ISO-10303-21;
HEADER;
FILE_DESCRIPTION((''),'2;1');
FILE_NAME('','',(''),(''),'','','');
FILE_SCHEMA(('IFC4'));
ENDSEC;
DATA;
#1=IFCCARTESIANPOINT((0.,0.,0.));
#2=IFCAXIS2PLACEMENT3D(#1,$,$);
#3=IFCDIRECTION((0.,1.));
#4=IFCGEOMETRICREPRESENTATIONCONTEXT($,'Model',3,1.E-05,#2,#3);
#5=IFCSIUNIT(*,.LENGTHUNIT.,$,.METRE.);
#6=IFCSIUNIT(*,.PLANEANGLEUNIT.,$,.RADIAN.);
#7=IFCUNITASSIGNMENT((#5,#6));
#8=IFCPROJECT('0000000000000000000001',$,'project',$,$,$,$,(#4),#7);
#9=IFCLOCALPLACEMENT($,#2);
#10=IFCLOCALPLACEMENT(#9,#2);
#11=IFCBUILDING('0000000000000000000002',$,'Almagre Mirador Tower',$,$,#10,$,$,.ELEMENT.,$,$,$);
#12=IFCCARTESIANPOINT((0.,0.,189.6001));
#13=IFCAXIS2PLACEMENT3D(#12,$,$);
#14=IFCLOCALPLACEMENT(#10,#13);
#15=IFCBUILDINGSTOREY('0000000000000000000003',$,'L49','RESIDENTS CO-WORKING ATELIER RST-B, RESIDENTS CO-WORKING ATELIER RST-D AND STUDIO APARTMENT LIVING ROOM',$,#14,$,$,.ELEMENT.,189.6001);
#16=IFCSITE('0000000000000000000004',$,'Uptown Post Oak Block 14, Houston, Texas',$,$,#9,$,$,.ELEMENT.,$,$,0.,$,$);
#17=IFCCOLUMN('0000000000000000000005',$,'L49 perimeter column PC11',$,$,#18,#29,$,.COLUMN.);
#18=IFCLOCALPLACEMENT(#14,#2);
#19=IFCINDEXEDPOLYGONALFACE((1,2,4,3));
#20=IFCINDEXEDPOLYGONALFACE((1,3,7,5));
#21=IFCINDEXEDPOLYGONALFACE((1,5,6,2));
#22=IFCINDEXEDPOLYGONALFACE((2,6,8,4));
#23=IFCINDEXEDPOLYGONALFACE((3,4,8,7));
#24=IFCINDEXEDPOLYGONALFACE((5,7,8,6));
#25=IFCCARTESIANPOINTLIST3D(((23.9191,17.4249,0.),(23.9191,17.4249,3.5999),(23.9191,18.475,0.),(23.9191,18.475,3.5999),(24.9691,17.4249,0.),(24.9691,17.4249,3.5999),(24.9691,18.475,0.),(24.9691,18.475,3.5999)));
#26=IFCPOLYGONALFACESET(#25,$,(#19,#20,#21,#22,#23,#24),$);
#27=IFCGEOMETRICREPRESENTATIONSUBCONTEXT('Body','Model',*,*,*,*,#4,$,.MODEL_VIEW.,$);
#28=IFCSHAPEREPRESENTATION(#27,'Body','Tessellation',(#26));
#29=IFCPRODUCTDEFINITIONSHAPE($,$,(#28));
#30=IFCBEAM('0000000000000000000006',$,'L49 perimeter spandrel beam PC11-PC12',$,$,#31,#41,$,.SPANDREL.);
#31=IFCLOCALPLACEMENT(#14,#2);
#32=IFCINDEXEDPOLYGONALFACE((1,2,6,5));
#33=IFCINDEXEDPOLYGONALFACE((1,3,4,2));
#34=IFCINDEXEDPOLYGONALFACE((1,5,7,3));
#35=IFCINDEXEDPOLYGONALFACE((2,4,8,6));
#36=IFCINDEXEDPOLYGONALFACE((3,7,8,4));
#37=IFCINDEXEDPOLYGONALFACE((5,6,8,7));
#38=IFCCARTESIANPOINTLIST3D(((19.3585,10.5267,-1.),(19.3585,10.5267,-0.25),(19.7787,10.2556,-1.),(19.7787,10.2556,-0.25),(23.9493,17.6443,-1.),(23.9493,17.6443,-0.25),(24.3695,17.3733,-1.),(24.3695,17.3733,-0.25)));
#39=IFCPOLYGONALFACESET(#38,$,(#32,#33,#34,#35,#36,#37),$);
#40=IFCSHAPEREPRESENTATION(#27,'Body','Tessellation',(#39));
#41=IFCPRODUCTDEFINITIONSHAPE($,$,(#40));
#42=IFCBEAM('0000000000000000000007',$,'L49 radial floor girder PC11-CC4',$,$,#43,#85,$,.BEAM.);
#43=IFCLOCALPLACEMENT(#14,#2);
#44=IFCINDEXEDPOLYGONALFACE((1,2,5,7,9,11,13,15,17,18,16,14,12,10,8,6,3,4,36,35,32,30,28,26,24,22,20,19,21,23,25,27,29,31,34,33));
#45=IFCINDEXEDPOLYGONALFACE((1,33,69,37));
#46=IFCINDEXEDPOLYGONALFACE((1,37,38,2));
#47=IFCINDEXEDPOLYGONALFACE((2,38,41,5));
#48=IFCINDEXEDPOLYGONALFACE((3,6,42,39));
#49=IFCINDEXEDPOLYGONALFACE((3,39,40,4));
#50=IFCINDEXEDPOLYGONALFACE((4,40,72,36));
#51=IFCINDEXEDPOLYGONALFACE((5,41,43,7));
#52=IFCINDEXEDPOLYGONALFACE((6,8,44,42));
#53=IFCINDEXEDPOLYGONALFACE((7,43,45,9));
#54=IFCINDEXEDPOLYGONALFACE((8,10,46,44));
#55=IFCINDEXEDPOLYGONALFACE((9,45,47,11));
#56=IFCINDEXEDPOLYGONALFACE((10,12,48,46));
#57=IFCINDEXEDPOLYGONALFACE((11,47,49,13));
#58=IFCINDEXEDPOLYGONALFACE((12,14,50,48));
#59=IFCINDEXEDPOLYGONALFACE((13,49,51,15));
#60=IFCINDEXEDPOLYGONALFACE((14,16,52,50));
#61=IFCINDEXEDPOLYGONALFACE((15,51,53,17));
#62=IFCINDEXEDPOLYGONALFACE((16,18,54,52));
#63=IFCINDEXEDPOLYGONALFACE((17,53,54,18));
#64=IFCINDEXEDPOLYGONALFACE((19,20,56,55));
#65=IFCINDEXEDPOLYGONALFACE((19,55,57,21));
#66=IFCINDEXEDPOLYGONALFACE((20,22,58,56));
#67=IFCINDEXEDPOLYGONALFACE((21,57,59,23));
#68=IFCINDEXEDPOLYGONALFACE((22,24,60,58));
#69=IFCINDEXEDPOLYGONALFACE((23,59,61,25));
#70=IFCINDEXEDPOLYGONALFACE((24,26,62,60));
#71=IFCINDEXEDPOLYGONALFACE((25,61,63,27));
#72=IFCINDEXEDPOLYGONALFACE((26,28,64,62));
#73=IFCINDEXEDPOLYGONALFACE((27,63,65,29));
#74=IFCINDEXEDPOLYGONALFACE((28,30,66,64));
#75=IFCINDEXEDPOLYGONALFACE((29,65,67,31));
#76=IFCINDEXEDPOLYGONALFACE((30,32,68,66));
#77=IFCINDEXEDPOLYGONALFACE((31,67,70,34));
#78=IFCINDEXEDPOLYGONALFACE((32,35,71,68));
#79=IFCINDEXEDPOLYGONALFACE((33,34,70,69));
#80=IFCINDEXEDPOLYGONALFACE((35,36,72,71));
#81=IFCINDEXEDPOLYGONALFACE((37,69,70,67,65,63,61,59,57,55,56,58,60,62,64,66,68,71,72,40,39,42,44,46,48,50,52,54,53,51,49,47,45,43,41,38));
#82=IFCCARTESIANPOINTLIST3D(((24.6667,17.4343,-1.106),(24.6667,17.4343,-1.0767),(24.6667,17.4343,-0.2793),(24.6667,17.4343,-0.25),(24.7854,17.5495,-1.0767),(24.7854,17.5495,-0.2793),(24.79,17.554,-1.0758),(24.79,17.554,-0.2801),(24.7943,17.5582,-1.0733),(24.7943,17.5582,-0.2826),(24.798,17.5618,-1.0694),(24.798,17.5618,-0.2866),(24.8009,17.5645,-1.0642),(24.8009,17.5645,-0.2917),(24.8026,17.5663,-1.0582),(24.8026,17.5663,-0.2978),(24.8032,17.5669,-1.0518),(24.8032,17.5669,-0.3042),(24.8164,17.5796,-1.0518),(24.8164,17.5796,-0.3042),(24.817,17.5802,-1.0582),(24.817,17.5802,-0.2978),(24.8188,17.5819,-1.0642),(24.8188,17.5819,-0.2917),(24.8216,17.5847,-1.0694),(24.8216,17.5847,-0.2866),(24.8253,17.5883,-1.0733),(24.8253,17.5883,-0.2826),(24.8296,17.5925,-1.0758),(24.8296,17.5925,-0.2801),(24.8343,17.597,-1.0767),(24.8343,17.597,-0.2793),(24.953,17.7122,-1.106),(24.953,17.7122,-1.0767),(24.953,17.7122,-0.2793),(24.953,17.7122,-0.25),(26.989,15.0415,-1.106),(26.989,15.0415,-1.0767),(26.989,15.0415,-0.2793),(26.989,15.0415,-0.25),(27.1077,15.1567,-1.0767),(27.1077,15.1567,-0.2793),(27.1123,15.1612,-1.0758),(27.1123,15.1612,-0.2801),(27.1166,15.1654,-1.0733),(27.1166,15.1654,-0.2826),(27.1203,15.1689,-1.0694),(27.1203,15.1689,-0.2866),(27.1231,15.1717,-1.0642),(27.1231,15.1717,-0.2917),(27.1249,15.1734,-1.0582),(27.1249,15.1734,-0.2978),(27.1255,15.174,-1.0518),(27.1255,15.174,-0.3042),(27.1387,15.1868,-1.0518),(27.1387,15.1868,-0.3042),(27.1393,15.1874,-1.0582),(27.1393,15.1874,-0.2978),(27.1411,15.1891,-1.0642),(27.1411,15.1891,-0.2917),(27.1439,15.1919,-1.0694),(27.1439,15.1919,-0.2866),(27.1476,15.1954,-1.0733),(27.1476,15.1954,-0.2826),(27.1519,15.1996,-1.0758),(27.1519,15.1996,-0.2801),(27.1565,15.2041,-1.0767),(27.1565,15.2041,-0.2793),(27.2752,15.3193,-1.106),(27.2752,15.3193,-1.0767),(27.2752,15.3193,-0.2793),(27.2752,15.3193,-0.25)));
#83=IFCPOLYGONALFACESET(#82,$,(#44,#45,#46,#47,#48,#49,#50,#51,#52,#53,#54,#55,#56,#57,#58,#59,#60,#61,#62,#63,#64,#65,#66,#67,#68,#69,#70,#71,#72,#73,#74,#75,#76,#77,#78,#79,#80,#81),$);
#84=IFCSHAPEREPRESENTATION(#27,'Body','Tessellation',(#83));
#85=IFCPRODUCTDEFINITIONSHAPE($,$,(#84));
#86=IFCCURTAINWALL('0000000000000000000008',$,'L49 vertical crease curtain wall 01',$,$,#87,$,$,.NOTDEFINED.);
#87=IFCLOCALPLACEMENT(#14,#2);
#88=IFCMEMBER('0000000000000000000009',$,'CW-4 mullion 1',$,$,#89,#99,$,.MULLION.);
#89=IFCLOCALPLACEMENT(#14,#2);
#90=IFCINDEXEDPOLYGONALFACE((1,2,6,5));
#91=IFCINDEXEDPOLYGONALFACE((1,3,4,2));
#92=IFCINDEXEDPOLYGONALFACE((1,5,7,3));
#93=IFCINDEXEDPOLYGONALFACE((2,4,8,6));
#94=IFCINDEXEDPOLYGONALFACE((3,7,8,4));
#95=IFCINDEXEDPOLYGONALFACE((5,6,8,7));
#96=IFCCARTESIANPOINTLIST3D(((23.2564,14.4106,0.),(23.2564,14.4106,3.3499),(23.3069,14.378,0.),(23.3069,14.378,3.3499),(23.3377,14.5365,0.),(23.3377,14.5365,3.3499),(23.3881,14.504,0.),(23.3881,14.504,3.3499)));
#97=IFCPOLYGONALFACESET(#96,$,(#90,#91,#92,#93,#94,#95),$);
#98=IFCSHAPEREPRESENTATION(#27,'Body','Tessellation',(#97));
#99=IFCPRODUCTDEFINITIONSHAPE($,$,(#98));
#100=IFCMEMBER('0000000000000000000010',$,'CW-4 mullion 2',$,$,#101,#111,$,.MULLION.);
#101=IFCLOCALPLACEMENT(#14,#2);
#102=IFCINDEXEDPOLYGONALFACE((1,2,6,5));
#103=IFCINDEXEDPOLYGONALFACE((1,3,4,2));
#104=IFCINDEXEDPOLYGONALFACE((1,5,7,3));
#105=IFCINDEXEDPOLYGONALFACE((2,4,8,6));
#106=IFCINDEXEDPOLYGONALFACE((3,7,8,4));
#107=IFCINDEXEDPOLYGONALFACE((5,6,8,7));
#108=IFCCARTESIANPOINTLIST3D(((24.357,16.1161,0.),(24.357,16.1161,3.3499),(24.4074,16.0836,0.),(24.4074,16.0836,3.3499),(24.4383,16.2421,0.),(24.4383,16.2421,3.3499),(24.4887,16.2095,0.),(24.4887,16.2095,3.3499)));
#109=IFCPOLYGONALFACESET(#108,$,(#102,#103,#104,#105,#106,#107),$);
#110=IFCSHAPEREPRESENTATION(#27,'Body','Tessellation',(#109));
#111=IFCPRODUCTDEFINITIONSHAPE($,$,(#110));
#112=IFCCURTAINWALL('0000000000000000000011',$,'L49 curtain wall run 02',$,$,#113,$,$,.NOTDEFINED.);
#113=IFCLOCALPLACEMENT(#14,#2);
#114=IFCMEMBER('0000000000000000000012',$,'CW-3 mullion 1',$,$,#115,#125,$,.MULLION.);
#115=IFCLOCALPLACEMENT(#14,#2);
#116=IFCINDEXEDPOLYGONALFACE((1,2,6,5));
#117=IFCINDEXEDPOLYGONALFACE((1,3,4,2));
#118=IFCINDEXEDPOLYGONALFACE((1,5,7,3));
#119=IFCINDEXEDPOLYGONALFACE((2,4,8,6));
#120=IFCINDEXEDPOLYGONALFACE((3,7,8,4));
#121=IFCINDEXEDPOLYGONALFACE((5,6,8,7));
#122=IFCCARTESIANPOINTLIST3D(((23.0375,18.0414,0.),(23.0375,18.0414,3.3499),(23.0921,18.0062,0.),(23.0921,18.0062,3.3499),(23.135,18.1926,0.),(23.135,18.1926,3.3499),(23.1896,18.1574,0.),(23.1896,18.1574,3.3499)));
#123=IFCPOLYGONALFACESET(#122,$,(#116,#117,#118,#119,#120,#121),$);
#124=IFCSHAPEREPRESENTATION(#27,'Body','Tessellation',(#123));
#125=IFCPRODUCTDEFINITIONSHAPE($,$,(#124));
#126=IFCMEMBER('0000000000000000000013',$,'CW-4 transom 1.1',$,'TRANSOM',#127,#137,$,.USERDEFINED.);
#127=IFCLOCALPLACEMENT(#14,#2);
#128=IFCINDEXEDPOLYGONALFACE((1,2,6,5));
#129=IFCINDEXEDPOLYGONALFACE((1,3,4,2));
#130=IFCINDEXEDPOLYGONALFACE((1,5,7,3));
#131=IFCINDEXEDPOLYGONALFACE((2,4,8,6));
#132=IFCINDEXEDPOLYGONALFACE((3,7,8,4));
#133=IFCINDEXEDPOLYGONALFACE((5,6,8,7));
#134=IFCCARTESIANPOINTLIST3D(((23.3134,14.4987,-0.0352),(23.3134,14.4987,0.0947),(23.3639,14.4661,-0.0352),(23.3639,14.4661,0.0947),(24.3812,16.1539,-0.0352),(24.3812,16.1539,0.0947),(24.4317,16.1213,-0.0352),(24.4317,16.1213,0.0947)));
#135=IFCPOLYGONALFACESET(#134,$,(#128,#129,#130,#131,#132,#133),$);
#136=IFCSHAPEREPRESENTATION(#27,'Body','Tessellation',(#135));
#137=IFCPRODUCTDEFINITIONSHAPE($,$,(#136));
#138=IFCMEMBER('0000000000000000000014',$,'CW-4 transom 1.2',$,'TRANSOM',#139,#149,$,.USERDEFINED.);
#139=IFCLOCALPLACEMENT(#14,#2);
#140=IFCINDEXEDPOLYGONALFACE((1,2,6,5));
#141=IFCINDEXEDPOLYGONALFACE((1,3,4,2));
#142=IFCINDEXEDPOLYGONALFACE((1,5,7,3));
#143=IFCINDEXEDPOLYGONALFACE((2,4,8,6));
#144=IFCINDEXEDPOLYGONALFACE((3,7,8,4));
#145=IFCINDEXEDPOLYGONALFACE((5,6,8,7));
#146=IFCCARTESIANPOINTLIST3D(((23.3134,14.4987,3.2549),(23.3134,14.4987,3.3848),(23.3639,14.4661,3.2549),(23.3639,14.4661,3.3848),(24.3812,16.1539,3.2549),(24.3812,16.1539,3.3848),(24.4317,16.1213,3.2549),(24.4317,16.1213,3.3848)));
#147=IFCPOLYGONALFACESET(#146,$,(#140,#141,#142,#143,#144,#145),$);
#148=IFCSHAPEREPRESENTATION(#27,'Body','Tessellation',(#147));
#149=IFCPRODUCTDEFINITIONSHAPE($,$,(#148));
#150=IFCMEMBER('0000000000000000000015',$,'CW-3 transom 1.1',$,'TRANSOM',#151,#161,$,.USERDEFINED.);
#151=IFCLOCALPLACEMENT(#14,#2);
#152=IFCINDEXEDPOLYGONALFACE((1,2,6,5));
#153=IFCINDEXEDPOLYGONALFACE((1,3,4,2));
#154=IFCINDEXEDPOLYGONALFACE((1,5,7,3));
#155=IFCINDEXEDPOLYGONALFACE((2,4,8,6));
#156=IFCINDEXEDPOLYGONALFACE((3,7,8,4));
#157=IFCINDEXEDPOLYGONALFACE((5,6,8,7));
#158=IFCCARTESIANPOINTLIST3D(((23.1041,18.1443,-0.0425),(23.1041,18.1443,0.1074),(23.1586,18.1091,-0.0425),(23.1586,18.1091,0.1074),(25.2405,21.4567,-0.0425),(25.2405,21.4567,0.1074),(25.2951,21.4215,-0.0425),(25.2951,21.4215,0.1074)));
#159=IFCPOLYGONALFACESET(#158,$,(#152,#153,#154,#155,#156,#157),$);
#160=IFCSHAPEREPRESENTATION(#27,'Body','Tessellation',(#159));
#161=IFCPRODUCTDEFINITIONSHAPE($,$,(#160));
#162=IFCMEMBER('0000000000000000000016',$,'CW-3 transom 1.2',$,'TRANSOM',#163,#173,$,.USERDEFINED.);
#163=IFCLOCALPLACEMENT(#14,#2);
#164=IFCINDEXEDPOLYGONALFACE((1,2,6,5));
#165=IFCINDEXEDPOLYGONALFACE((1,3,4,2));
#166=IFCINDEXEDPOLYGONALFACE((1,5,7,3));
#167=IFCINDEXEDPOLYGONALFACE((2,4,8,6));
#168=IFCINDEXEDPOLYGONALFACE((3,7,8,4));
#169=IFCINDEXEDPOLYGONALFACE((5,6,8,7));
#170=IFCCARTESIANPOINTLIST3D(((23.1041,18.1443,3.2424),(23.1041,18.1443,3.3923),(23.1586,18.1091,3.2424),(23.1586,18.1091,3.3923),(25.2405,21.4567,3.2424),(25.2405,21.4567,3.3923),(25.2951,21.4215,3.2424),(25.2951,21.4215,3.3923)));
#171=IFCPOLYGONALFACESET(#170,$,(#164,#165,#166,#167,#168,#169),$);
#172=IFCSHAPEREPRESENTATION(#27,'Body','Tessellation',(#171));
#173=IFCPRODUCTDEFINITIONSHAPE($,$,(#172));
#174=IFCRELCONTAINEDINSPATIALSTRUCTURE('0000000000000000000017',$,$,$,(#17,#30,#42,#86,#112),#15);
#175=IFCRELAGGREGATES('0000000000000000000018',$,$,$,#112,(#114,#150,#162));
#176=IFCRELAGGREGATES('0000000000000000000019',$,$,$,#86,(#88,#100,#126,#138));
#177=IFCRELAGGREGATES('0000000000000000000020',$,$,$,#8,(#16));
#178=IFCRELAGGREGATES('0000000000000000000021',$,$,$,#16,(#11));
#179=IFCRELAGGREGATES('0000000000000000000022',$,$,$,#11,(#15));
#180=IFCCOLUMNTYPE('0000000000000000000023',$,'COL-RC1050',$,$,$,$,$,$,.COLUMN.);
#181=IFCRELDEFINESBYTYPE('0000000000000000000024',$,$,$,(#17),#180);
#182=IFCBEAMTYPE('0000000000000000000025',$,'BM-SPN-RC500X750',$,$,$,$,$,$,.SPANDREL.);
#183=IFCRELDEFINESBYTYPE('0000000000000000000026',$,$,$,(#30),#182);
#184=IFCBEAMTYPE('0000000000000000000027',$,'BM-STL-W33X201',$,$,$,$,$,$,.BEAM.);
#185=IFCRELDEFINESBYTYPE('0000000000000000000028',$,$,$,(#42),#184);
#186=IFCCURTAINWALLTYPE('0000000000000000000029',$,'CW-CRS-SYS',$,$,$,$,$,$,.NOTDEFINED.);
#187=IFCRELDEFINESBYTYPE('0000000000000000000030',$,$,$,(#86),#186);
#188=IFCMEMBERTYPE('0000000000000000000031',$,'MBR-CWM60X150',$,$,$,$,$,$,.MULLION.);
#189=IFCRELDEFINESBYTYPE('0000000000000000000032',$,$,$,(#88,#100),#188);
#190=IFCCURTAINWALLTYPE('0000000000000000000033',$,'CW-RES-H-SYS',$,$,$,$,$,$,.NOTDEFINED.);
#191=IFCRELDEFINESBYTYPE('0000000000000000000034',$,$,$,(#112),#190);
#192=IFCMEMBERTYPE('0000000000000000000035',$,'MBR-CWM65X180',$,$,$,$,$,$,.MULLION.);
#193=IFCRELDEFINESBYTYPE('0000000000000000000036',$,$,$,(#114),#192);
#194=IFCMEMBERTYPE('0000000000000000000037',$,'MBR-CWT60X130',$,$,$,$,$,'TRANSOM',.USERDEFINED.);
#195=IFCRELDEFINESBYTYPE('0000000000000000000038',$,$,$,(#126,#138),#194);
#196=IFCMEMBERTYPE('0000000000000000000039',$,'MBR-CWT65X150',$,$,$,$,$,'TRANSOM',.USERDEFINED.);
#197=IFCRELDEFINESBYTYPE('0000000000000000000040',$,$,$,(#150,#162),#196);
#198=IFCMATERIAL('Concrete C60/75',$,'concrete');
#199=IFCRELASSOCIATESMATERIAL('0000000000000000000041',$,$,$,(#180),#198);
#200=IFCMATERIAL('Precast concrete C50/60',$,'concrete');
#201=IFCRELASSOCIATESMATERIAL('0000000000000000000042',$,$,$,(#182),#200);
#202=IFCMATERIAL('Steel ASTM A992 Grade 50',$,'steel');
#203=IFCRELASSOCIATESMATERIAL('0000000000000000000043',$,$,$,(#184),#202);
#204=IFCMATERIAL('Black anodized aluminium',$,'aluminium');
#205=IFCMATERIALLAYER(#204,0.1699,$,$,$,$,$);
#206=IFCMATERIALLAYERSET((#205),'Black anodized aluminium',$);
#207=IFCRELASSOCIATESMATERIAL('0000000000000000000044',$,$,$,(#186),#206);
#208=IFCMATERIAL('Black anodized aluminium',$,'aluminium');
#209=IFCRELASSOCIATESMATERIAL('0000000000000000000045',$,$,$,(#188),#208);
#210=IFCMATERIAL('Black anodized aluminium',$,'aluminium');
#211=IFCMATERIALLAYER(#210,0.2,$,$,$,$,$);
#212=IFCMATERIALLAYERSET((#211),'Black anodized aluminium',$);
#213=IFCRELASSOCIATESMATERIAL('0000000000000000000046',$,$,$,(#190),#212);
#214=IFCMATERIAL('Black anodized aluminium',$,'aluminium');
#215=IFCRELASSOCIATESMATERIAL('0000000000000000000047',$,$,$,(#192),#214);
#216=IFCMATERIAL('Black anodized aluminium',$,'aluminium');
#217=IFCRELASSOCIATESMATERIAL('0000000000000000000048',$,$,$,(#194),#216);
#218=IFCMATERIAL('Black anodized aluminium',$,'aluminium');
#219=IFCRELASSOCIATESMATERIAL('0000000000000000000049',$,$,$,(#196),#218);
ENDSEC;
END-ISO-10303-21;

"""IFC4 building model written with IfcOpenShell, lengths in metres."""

from ifc_helpers import new_model, si_unit, direction, frame, origin, origin_2d, place, context, subcontext, project, spatial, rectangle, i_section, extrude, material, layer, layer_set, material_profile, profile_set, type_object, element, aggregate, save


model = new_model("IFC4")

# Units and contexts
model_context = context("Model", 3, precision=1e-05, world=origin(), true_north=direction((0.0, 1.0)))
body_context = subcontext(model_context, "Body", "Model", "MODEL_VIEW")
ifc_project = project(units=[si_unit("LENGTHUNIT", "METRE"), si_unit("PLANEANGLEUNIT", "RADIAN")], contexts=[model_context])

# Site, building, storey
site_placement = place(None, origin())
site = spatial("IfcSite", under=ifc_project, at=site_placement, Name="Uptown Post Oak Block 14, Houston, Texas", CompositionType="ELEMENT", RefElevation=0.0)
building_placement = place(site_placement, origin())
building = spatial("IfcBuilding", under=site, at=building_placement, Name="Almagre Mirador Tower", CompositionType="ELEMENT")
storey_placement = place(building_placement, frame((0.0, 0.0, 189.6001)))
storey = spatial("IfcBuildingStorey", under=building, at=storey_placement, Name="L49", Description="RESIDENTS CO-WORKING ATELIER RST-B, RESIDENTS CO-WORKING ATELIER RST-D AND STUDIO APARTMENT LIVING ROOM", CompositionType="ELEMENT", Elevation=189.6001)

# Column
ifc_material_1 = material(Name="Concrete C60/75", Category="concrete")
ifc_material_profile_1 = material_profile(ifc_material_1, rectangle(XDim=1.05, YDim=1.05, at=origin_2d()), Name="RC1050X1050")
ifc_profile_set_1 = profile_set([ifc_material_profile_1], Name="Concrete C60/75")
column_type = type_object("IfcColumnType", Name="COL-RC1050", PredefinedType="COLUMN", material=ifc_profile_set_1)
column_placement = place(storey_placement, frame((24.4441, 17.95, 0.0), z_axis=(0.0, 0.0, 1.0), x_axis=(1.0, 0.0, 0.0)))
element("IfcColumn", 1, at=column_placement, inside=storey, type_object=column_type, Name="L49 perimeter column PC11", PredefinedType="COLUMN", context=body_context, shape_type="SweptSolid", body=[
    extrude(rectangle(XDim=1.05, YDim=1.05, at=origin_2d()), origin(), (0.0, 0.0, 1.0), 3.5999),
])

# Beams
ifc_material_2 = material(Name="Precast concrete C50/60", Category="concrete")
ifc_material_profile_2 = material_profile(ifc_material_2, rectangle(XDim=0.5, YDim=0.75, at=origin_2d()), Name="RC500X750")
ifc_profile_set_2 = profile_set([ifc_material_profile_2], Name="Precast concrete C50/60")
beam_type_1 = type_object("IfcBeamType", Name="BM-SPN-RC500X750", PredefinedType="SPANDREL", material=ifc_profile_set_2)
beam_1_placement = place(storey_placement, frame((24.1594, 17.5088, -0.625), z_axis=(-0.542024, -0.840363, 0.0), x_axis=(0.840363, -0.542024, 0.0)))
element("IfcBeam", 2, at=beam_1_placement, inside=storey, type_object=beam_type_1, Name="L49 perimeter spandrel beam PC11-PC12", PredefinedType="SPANDREL", context=body_context, shape_type="SweptSolid", body=[
    extrude(rectangle(XDim=0.5, YDim=0.75, at=origin_2d()), origin(), (0.0, 0.0, 1.0), 8.4697),
])
ifc_material_3 = material(Name="Steel ASTM A992 Grade 50", Category="steel")
ifc_material_profile_3 = material_profile(ifc_material_3, i_section(OverallWidth=0.3989, OverallDepth=0.856, WebThickness=0.0183, FlangeThickness=0.0293, FilletRadius=0.0249, at=origin_2d()), Name="W33X201")
ifc_profile_set_3 = profile_set([ifc_material_profile_3], Name="Steel ASTM A992 Grade 50")
beam_type_2 = type_object("IfcBeamType", Name="BM-STL-W33X201", PredefinedType="BEAM", material=ifc_profile_set_3)
beam_2_placement = place(storey_placement, frame((24.8098, 17.5732, -0.678), z_axis=(0.696448, -0.717608, 0.0), x_axis=(0.717608, 0.696448, 0.0)))
element("IfcBeam", 3, at=beam_2_placement, inside=storey, type_object=beam_type_2, Name="L49 radial floor girder PC11-CC4", PredefinedType="BEAM", context=body_context, shape_type="SweptSolid", body=[
    extrude(i_section(OverallWidth=0.3989, OverallDepth=0.856, WebThickness=0.0183, FlangeThickness=0.0293, FilletRadius=0.0249, at=origin_2d()), origin(), (0.0, 0.0, 1.0), 3.3345),
])

# Curtain wall, members
ifc_material_4 = material(Name="Black anodized aluminium", Category="aluminium")
ifc_layer_1 = layer(ifc_material_4, 0.1699)
ifc_layer_set_1 = layer_set([ifc_layer_1], Name="Black anodized aluminium")
curtain_wall_type_1 = type_object("IfcCurtainWallType", Name="CW-CRS-SYS", PredefinedType="NOTDEFINED", material=ifc_layer_set_1)
curtain_wall_1_placement = place(storey_placement, origin())
curtain_wall_1 = element("IfcCurtainWall", 4, at=curtain_wall_1_placement, inside=storey, type_object=curtain_wall_type_1, Name="L49 vertical crease curtain wall 01", PredefinedType="NOTDEFINED")
ifc_material_5 = material(Name="Black anodized aluminium", Category="aluminium")
ifc_material_profile_4 = material_profile(ifc_material_5, rectangle(XDim=0.0601, YDim=0.1499, at=origin_2d()), Name="CWM60X150")
ifc_profile_set_4 = profile_set([ifc_material_profile_4], Name="Black anodized aluminium")
member_type_1 = type_object("IfcMemberType", Name="MBR-CWM60X150", PredefinedType="MULLION", material=ifc_profile_set_4)
member_1_placement = place(storey_placement, frame((23.3223, 14.4573, 0.0), z_axis=(0.0, 0.0, 1.0), x_axis=(-0.840276, 0.54216, 0.0)))
member_1 = element("IfcMember", 5, at=member_1_placement, type_object=member_type_1, Name="CW-4 mullion 1", PredefinedType="MULLION", context=body_context, shape_type="SweptSolid", body=[
    extrude(rectangle(XDim=0.0601, YDim=0.1499, at=origin_2d()), origin(), (0.0, 0.0, 1.0), 3.3499),
])
member_2_placement = place(storey_placement, frame((24.4229, 16.1628, 0.0), z_axis=(0.0, 0.0, 1.0), x_axis=(-0.840276, 0.54216, 0.0)))
member_2 = element("IfcMember", 6, at=member_2_placement, type_object=member_type_1, Name="CW-4 mullion 2", PredefinedType="MULLION", context=body_context, shape_type="SweptSolid", body=[
    extrude(rectangle(XDim=0.0601, YDim=0.1499, at=origin_2d()), origin(), (0.0, 0.0, 1.0), 3.3499),
])

# Curtain wall, member
ifc_material_6 = material(Name="Black anodized aluminium", Category="aluminium")
ifc_layer_2 = layer(ifc_material_6, 0.2)
ifc_layer_set_2 = layer_set([ifc_layer_2], Name="Black anodized aluminium")
curtain_wall_type_2 = type_object("IfcCurtainWallType", Name="CW-RES-H-SYS", PredefinedType="NOTDEFINED", material=ifc_layer_set_2)
curtain_wall_2_placement = place(storey_placement, origin())
curtain_wall_2 = element("IfcCurtainWall", 7, at=curtain_wall_2_placement, inside=storey, type_object=curtain_wall_type_2, Name="L49 curtain wall run 02", PredefinedType="NOTDEFINED")
ifc_material_7 = material(Name="Black anodized aluminium", Category="aluminium")
ifc_material_profile_5 = material_profile(ifc_material_7, rectangle(XDim=0.0649, YDim=0.1799, at=origin_2d()), Name="CWM65X180")
ifc_profile_set_5 = profile_set([ifc_material_profile_5], Name="Black anodized aluminium")
member_type_2 = type_object("IfcMemberType", Name="MBR-CWM65X180", PredefinedType="MULLION", material=ifc_profile_set_5)
member_3_placement = place(storey_placement, frame((23.1135, 18.0994, 0.0), z_axis=(0.0, 0.0, 1.0), x_axis=(-0.84037, 0.542013, 0.0)))
member_3 = element("IfcMember", 8, at=member_3_placement, type_object=member_type_2, Name="CW-3 mullion 1", PredefinedType="MULLION", context=body_context, shape_type="SweptSolid", body=[
    extrude(rectangle(XDim=0.0649, YDim=0.1799, at=origin_2d()), origin(), (0.0, 0.0, 1.0), 3.3499),
])

# Members
ifc_material_8 = material(Name="Black anodized aluminium", Category="aluminium")
ifc_material_profile_6 = material_profile(ifc_material_8, rectangle(XDim=0.0601, YDim=0.1299, at=origin_2d()), Name="CWT60X130")
ifc_profile_set_6 = profile_set([ifc_material_profile_6], Name="Black anodized aluminium")
member_type_3 = type_object("IfcMemberType", Name="MBR-CWT60X130", ElementType="TRANSOM", PredefinedType="USERDEFINED", material=ifc_profile_set_6)
member_4_placement = place(storey_placement, frame((23.3386, 14.4824, 0.0298), z_axis=(0.54211, 0.840308, 0.0), x_axis=(-0.840308, 0.54211, 0.0)))
member_4 = element("IfcMember", 9, at=member_4_placement, type_object=member_type_3, Name="CW-4 transom 1.1", ObjectType="TRANSOM", PredefinedType="USERDEFINED", context=body_context, shape_type="SweptSolid", body=[
    extrude(rectangle(XDim=0.0601, YDim=0.1299, at=origin_2d()), origin(), (0.0, 0.0, 1.0), 1.9697),
])
member_5_placement = place(storey_placement, frame((23.3386, 14.4824, 3.3198), z_axis=(0.54211, 0.840308, 0.0), x_axis=(-0.840308, 0.54211, 0.0)))
member_5 = element("IfcMember", 10, at=member_5_placement, type_object=member_type_3, Name="CW-4 transom 1.2", ObjectType="TRANSOM", PredefinedType="USERDEFINED", context=body_context, shape_type="SweptSolid", body=[
    extrude(rectangle(XDim=0.0601, YDim=0.1299, at=origin_2d()), origin(), (0.0, 0.0, 1.0), 1.9697),
])
ifc_material_9 = material(Name="Black anodized aluminium", Category="aluminium")
ifc_material_profile_7 = material_profile(ifc_material_9, rectangle(XDim=0.0649, YDim=0.1499, at=origin_2d()), Name="CWT65X150")
ifc_profile_set_7 = profile_set([ifc_material_profile_7], Name="Black anodized aluminium")
member_type_4 = type_object("IfcMemberType", Name="MBR-CWT65X150", ElementType="TRANSOM", PredefinedType="USERDEFINED", material=ifc_profile_set_7)
member_6_placement = place(storey_placement, frame((23.1313, 18.1267, 0.0325), z_axis=(0.542015, 0.840369, 0.0), x_axis=(-0.840369, 0.542015, 0.0)))
member_6 = element("IfcMember", 11, at=member_6_placement, type_object=member_type_4, Name="CW-3 transom 1.1", ObjectType="TRANSOM", PredefinedType="USERDEFINED", context=body_context, shape_type="SweptSolid", body=[
    extrude(rectangle(XDim=0.0649, YDim=0.1499, at=origin_2d()), origin(), (0.0, 0.0, 1.0), 3.9417),
])
member_7_placement = place(storey_placement, frame((23.1313, 18.1267, 3.3174), z_axis=(0.542015, 0.840369, 0.0), x_axis=(-0.840369, 0.542015, 0.0)))
member_7 = element("IfcMember", 12, at=member_7_placement, type_object=member_type_4, Name="CW-3 transom 1.2", ObjectType="TRANSOM", PredefinedType="USERDEFINED", context=body_context, shape_type="SweptSolid", body=[
    extrude(rectangle(XDim=0.0649, YDim=0.1499, at=origin_2d()), origin(), (0.0, 0.0, 1.0), 3.9417),
])
aggregate(curtain_wall_2, [member_3, member_6, member_7])

aggregate(curtain_wall_1, [member_1, member_2, member_4, member_5])

save(model, "model.ifc")
